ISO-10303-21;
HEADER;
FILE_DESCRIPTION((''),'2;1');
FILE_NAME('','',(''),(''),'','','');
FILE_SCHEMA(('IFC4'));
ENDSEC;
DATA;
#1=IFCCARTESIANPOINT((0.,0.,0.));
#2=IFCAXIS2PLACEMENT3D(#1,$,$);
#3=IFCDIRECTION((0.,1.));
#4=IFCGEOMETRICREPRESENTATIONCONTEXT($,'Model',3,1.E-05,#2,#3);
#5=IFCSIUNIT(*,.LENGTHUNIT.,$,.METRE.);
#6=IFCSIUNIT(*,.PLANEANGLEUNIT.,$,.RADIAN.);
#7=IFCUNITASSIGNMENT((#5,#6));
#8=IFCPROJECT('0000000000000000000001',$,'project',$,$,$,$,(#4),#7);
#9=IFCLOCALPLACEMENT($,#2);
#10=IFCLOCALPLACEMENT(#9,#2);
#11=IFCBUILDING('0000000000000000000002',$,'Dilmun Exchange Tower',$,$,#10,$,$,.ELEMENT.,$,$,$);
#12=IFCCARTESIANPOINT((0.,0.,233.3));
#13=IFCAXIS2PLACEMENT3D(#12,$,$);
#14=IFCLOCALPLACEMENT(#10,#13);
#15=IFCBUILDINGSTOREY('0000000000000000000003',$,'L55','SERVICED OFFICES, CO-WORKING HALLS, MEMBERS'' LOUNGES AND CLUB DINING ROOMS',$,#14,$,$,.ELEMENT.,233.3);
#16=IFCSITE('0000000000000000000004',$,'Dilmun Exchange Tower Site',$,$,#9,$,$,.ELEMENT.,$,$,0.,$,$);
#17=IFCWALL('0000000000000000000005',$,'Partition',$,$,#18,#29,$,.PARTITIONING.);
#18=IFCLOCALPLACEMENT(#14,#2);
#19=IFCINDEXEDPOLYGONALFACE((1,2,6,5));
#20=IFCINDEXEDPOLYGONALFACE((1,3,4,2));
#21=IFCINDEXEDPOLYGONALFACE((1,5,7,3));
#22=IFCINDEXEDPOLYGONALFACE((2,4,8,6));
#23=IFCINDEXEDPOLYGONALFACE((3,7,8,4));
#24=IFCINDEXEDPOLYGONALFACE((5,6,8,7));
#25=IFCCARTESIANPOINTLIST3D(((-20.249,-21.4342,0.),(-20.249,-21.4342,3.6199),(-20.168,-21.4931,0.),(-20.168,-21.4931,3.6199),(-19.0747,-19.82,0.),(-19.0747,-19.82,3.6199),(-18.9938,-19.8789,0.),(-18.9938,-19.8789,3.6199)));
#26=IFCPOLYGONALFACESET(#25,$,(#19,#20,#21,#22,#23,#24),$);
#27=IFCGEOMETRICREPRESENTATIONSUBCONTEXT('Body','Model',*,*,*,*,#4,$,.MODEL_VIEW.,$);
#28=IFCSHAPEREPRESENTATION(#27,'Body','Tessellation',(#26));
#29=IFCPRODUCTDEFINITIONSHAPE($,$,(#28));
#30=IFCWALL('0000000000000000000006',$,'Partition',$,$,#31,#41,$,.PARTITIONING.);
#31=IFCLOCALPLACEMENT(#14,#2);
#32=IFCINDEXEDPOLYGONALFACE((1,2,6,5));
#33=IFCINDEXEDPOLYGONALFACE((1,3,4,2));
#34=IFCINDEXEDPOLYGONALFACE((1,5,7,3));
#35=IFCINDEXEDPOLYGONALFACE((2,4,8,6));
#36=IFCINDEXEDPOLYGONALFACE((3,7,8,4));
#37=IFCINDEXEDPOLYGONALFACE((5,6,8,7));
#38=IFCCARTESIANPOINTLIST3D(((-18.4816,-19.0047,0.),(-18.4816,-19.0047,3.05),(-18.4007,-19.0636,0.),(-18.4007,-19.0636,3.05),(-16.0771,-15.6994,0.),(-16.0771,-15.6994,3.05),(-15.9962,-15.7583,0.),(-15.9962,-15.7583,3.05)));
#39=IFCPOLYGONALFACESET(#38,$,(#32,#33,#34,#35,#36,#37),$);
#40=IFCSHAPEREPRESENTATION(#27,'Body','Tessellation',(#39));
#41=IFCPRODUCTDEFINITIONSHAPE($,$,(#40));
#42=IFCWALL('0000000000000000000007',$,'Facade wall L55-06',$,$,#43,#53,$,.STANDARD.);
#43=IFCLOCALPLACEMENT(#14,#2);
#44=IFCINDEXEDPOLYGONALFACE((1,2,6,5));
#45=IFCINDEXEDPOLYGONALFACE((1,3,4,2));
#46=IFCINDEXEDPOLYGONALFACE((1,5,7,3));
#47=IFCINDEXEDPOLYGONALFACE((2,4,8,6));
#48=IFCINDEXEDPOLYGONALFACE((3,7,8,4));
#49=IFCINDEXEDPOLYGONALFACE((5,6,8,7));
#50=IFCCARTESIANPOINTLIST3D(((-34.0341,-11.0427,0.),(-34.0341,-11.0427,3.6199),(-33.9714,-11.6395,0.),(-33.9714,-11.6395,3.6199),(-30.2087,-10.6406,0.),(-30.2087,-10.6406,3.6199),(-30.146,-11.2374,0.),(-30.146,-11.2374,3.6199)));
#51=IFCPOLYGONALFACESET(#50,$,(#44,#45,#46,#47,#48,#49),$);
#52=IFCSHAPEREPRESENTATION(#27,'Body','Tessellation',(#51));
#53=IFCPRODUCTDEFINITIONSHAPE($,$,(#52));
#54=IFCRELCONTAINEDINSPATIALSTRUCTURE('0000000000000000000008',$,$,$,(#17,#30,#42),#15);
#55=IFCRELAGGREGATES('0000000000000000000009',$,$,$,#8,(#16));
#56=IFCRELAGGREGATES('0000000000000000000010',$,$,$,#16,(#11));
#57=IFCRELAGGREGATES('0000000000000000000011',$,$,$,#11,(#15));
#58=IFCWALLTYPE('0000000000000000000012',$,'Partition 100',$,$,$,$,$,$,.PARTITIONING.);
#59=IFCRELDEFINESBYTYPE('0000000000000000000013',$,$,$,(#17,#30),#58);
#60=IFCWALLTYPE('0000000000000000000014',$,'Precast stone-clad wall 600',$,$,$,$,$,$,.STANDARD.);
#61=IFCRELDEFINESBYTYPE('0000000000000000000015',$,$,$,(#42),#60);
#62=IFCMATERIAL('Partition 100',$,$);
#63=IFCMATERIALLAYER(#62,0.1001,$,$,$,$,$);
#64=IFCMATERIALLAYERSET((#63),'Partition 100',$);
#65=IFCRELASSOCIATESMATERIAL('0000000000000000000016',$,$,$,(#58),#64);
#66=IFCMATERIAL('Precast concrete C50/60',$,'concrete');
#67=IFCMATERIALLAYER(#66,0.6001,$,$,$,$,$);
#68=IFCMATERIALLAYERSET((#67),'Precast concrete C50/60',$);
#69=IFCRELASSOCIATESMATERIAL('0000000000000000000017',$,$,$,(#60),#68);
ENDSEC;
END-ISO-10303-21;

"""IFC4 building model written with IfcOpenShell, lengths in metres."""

from ifc_helpers import new_model, si_unit, direction, frame, frame_2d, origin, place, context, subcontext, project, spatial, rectangle, extrude, material, layer, layer_set, type_object, element, save


model = new_model("IFC4")

# Units and contexts
model_context = context("Model", 3, precision=1e-05, world=origin(), true_north=direction((0.0, 1.0)))
body_context = subcontext(model_context, "Body", "Model", "MODEL_VIEW")
ifc_project = project(units=[si_unit("LENGTHUNIT", "METRE"), si_unit("PLANEANGLEUNIT", "RADIAN")], contexts=[model_context])

# Site, building, storey
site_placement = place(None, origin())
site = spatial("IfcSite", under=ifc_project, at=site_placement, Name="Dilmun Exchange Tower Site", CompositionType="ELEMENT", RefElevation=0.0)
building_placement = place(site_placement, origin())
building = spatial("IfcBuilding", under=site, at=building_placement, Name="Dilmun Exchange Tower", CompositionType="ELEMENT")
storey_placement = place(building_placement, frame((0.0, 0.0, 233.3)))
storey = spatial("IfcBuildingStorey", under=building, at=storey_placement, Name="L55", Description="SERVICED OFFICES, CO-WORKING HALLS, MEMBERS' LOUNGES AND CLUB DINING ROOMS", CompositionType="ELEMENT", Elevation=233.3)

# Walls
ifc_material_1 = material(Name="Partition 100")
ifc_layer_1 = layer(ifc_material_1, 0.1001)
ifc_layer_set_1 = layer_set([ifc_layer_1], Name="Partition 100")
wall_type_1 = type_object("IfcWallType", Name="Partition 100", PredefinedType="PARTITIONING", material=ifc_layer_set_1)
wall_1_placement = place(storey_placement, frame((-20.2085, -21.4636, 0.0), z_axis=(0.0, 0.0, 1.0), x_axis=(0.588274, 0.808662, 0.0)))
element("IfcWall", 1, at=wall_1_placement, inside=storey, type_object=wall_type_1, Name="Partition", PredefinedType="PARTITIONING", context=body_context, shape_type="SweptSolid", body=[
    extrude(rectangle(XDim=1.9961, YDim=0.1001, at=frame_2d((0.998, 0.0))), origin(), (0.0, 0.0, 1.0), 3.6199),
])
wall_2_placement = place(storey_placement, frame((-18.4412, -19.0342, 0.0), z_axis=(0.0, 0.0, 1.0), x_axis=(0.588268, 0.808666, 0.0)))
element("IfcWall", 2, at=wall_2_placement, inside=storey, type_object=wall_type_1, Name="Partition", PredefinedType="PARTITIONING", context=body_context, shape_type="SweptSolid", body=[
    extrude(rectangle(XDim=4.0874, YDim=0.1001, at=frame_2d((2.0437, 0.0))), origin(), (0.0, 0.0, 1.0), 3.05),
])
ifc_material_2 = material(Name="Precast concrete C50/60", Category="concrete")
ifc_layer_2 = layer(ifc_material_2, 0.6001)
ifc_layer_set_2 = layer_set([ifc_layer_2], Name="Precast concrete C50/60")
wall_type_2 = type_object("IfcWallType", Name="Precast stone-clad wall 600", PredefinedType="STANDARD", material=ifc_layer_set_2)
wall_3_placement = place(storey_placement, frame((-30.1772, -10.939, 0.0), z_axis=(0.0, 0.0, 1.0), x_axis=(-0.994521, -0.104536, 0.0)))
element("IfcWall", 3, at=wall_3_placement, inside=storey, type_object=wall_type_2, Name="Facade wall L55-06", PredefinedType="STANDARD", context=body_context, shape_type="SweptSolid", body=[
    extrude(rectangle(XDim=3.8464, YDim=0.6001, at=frame_2d((1.9233, 0.0))), origin(), (0.0, 0.0, 1.0), 3.6199),
])

save(model, "model.ifc")
